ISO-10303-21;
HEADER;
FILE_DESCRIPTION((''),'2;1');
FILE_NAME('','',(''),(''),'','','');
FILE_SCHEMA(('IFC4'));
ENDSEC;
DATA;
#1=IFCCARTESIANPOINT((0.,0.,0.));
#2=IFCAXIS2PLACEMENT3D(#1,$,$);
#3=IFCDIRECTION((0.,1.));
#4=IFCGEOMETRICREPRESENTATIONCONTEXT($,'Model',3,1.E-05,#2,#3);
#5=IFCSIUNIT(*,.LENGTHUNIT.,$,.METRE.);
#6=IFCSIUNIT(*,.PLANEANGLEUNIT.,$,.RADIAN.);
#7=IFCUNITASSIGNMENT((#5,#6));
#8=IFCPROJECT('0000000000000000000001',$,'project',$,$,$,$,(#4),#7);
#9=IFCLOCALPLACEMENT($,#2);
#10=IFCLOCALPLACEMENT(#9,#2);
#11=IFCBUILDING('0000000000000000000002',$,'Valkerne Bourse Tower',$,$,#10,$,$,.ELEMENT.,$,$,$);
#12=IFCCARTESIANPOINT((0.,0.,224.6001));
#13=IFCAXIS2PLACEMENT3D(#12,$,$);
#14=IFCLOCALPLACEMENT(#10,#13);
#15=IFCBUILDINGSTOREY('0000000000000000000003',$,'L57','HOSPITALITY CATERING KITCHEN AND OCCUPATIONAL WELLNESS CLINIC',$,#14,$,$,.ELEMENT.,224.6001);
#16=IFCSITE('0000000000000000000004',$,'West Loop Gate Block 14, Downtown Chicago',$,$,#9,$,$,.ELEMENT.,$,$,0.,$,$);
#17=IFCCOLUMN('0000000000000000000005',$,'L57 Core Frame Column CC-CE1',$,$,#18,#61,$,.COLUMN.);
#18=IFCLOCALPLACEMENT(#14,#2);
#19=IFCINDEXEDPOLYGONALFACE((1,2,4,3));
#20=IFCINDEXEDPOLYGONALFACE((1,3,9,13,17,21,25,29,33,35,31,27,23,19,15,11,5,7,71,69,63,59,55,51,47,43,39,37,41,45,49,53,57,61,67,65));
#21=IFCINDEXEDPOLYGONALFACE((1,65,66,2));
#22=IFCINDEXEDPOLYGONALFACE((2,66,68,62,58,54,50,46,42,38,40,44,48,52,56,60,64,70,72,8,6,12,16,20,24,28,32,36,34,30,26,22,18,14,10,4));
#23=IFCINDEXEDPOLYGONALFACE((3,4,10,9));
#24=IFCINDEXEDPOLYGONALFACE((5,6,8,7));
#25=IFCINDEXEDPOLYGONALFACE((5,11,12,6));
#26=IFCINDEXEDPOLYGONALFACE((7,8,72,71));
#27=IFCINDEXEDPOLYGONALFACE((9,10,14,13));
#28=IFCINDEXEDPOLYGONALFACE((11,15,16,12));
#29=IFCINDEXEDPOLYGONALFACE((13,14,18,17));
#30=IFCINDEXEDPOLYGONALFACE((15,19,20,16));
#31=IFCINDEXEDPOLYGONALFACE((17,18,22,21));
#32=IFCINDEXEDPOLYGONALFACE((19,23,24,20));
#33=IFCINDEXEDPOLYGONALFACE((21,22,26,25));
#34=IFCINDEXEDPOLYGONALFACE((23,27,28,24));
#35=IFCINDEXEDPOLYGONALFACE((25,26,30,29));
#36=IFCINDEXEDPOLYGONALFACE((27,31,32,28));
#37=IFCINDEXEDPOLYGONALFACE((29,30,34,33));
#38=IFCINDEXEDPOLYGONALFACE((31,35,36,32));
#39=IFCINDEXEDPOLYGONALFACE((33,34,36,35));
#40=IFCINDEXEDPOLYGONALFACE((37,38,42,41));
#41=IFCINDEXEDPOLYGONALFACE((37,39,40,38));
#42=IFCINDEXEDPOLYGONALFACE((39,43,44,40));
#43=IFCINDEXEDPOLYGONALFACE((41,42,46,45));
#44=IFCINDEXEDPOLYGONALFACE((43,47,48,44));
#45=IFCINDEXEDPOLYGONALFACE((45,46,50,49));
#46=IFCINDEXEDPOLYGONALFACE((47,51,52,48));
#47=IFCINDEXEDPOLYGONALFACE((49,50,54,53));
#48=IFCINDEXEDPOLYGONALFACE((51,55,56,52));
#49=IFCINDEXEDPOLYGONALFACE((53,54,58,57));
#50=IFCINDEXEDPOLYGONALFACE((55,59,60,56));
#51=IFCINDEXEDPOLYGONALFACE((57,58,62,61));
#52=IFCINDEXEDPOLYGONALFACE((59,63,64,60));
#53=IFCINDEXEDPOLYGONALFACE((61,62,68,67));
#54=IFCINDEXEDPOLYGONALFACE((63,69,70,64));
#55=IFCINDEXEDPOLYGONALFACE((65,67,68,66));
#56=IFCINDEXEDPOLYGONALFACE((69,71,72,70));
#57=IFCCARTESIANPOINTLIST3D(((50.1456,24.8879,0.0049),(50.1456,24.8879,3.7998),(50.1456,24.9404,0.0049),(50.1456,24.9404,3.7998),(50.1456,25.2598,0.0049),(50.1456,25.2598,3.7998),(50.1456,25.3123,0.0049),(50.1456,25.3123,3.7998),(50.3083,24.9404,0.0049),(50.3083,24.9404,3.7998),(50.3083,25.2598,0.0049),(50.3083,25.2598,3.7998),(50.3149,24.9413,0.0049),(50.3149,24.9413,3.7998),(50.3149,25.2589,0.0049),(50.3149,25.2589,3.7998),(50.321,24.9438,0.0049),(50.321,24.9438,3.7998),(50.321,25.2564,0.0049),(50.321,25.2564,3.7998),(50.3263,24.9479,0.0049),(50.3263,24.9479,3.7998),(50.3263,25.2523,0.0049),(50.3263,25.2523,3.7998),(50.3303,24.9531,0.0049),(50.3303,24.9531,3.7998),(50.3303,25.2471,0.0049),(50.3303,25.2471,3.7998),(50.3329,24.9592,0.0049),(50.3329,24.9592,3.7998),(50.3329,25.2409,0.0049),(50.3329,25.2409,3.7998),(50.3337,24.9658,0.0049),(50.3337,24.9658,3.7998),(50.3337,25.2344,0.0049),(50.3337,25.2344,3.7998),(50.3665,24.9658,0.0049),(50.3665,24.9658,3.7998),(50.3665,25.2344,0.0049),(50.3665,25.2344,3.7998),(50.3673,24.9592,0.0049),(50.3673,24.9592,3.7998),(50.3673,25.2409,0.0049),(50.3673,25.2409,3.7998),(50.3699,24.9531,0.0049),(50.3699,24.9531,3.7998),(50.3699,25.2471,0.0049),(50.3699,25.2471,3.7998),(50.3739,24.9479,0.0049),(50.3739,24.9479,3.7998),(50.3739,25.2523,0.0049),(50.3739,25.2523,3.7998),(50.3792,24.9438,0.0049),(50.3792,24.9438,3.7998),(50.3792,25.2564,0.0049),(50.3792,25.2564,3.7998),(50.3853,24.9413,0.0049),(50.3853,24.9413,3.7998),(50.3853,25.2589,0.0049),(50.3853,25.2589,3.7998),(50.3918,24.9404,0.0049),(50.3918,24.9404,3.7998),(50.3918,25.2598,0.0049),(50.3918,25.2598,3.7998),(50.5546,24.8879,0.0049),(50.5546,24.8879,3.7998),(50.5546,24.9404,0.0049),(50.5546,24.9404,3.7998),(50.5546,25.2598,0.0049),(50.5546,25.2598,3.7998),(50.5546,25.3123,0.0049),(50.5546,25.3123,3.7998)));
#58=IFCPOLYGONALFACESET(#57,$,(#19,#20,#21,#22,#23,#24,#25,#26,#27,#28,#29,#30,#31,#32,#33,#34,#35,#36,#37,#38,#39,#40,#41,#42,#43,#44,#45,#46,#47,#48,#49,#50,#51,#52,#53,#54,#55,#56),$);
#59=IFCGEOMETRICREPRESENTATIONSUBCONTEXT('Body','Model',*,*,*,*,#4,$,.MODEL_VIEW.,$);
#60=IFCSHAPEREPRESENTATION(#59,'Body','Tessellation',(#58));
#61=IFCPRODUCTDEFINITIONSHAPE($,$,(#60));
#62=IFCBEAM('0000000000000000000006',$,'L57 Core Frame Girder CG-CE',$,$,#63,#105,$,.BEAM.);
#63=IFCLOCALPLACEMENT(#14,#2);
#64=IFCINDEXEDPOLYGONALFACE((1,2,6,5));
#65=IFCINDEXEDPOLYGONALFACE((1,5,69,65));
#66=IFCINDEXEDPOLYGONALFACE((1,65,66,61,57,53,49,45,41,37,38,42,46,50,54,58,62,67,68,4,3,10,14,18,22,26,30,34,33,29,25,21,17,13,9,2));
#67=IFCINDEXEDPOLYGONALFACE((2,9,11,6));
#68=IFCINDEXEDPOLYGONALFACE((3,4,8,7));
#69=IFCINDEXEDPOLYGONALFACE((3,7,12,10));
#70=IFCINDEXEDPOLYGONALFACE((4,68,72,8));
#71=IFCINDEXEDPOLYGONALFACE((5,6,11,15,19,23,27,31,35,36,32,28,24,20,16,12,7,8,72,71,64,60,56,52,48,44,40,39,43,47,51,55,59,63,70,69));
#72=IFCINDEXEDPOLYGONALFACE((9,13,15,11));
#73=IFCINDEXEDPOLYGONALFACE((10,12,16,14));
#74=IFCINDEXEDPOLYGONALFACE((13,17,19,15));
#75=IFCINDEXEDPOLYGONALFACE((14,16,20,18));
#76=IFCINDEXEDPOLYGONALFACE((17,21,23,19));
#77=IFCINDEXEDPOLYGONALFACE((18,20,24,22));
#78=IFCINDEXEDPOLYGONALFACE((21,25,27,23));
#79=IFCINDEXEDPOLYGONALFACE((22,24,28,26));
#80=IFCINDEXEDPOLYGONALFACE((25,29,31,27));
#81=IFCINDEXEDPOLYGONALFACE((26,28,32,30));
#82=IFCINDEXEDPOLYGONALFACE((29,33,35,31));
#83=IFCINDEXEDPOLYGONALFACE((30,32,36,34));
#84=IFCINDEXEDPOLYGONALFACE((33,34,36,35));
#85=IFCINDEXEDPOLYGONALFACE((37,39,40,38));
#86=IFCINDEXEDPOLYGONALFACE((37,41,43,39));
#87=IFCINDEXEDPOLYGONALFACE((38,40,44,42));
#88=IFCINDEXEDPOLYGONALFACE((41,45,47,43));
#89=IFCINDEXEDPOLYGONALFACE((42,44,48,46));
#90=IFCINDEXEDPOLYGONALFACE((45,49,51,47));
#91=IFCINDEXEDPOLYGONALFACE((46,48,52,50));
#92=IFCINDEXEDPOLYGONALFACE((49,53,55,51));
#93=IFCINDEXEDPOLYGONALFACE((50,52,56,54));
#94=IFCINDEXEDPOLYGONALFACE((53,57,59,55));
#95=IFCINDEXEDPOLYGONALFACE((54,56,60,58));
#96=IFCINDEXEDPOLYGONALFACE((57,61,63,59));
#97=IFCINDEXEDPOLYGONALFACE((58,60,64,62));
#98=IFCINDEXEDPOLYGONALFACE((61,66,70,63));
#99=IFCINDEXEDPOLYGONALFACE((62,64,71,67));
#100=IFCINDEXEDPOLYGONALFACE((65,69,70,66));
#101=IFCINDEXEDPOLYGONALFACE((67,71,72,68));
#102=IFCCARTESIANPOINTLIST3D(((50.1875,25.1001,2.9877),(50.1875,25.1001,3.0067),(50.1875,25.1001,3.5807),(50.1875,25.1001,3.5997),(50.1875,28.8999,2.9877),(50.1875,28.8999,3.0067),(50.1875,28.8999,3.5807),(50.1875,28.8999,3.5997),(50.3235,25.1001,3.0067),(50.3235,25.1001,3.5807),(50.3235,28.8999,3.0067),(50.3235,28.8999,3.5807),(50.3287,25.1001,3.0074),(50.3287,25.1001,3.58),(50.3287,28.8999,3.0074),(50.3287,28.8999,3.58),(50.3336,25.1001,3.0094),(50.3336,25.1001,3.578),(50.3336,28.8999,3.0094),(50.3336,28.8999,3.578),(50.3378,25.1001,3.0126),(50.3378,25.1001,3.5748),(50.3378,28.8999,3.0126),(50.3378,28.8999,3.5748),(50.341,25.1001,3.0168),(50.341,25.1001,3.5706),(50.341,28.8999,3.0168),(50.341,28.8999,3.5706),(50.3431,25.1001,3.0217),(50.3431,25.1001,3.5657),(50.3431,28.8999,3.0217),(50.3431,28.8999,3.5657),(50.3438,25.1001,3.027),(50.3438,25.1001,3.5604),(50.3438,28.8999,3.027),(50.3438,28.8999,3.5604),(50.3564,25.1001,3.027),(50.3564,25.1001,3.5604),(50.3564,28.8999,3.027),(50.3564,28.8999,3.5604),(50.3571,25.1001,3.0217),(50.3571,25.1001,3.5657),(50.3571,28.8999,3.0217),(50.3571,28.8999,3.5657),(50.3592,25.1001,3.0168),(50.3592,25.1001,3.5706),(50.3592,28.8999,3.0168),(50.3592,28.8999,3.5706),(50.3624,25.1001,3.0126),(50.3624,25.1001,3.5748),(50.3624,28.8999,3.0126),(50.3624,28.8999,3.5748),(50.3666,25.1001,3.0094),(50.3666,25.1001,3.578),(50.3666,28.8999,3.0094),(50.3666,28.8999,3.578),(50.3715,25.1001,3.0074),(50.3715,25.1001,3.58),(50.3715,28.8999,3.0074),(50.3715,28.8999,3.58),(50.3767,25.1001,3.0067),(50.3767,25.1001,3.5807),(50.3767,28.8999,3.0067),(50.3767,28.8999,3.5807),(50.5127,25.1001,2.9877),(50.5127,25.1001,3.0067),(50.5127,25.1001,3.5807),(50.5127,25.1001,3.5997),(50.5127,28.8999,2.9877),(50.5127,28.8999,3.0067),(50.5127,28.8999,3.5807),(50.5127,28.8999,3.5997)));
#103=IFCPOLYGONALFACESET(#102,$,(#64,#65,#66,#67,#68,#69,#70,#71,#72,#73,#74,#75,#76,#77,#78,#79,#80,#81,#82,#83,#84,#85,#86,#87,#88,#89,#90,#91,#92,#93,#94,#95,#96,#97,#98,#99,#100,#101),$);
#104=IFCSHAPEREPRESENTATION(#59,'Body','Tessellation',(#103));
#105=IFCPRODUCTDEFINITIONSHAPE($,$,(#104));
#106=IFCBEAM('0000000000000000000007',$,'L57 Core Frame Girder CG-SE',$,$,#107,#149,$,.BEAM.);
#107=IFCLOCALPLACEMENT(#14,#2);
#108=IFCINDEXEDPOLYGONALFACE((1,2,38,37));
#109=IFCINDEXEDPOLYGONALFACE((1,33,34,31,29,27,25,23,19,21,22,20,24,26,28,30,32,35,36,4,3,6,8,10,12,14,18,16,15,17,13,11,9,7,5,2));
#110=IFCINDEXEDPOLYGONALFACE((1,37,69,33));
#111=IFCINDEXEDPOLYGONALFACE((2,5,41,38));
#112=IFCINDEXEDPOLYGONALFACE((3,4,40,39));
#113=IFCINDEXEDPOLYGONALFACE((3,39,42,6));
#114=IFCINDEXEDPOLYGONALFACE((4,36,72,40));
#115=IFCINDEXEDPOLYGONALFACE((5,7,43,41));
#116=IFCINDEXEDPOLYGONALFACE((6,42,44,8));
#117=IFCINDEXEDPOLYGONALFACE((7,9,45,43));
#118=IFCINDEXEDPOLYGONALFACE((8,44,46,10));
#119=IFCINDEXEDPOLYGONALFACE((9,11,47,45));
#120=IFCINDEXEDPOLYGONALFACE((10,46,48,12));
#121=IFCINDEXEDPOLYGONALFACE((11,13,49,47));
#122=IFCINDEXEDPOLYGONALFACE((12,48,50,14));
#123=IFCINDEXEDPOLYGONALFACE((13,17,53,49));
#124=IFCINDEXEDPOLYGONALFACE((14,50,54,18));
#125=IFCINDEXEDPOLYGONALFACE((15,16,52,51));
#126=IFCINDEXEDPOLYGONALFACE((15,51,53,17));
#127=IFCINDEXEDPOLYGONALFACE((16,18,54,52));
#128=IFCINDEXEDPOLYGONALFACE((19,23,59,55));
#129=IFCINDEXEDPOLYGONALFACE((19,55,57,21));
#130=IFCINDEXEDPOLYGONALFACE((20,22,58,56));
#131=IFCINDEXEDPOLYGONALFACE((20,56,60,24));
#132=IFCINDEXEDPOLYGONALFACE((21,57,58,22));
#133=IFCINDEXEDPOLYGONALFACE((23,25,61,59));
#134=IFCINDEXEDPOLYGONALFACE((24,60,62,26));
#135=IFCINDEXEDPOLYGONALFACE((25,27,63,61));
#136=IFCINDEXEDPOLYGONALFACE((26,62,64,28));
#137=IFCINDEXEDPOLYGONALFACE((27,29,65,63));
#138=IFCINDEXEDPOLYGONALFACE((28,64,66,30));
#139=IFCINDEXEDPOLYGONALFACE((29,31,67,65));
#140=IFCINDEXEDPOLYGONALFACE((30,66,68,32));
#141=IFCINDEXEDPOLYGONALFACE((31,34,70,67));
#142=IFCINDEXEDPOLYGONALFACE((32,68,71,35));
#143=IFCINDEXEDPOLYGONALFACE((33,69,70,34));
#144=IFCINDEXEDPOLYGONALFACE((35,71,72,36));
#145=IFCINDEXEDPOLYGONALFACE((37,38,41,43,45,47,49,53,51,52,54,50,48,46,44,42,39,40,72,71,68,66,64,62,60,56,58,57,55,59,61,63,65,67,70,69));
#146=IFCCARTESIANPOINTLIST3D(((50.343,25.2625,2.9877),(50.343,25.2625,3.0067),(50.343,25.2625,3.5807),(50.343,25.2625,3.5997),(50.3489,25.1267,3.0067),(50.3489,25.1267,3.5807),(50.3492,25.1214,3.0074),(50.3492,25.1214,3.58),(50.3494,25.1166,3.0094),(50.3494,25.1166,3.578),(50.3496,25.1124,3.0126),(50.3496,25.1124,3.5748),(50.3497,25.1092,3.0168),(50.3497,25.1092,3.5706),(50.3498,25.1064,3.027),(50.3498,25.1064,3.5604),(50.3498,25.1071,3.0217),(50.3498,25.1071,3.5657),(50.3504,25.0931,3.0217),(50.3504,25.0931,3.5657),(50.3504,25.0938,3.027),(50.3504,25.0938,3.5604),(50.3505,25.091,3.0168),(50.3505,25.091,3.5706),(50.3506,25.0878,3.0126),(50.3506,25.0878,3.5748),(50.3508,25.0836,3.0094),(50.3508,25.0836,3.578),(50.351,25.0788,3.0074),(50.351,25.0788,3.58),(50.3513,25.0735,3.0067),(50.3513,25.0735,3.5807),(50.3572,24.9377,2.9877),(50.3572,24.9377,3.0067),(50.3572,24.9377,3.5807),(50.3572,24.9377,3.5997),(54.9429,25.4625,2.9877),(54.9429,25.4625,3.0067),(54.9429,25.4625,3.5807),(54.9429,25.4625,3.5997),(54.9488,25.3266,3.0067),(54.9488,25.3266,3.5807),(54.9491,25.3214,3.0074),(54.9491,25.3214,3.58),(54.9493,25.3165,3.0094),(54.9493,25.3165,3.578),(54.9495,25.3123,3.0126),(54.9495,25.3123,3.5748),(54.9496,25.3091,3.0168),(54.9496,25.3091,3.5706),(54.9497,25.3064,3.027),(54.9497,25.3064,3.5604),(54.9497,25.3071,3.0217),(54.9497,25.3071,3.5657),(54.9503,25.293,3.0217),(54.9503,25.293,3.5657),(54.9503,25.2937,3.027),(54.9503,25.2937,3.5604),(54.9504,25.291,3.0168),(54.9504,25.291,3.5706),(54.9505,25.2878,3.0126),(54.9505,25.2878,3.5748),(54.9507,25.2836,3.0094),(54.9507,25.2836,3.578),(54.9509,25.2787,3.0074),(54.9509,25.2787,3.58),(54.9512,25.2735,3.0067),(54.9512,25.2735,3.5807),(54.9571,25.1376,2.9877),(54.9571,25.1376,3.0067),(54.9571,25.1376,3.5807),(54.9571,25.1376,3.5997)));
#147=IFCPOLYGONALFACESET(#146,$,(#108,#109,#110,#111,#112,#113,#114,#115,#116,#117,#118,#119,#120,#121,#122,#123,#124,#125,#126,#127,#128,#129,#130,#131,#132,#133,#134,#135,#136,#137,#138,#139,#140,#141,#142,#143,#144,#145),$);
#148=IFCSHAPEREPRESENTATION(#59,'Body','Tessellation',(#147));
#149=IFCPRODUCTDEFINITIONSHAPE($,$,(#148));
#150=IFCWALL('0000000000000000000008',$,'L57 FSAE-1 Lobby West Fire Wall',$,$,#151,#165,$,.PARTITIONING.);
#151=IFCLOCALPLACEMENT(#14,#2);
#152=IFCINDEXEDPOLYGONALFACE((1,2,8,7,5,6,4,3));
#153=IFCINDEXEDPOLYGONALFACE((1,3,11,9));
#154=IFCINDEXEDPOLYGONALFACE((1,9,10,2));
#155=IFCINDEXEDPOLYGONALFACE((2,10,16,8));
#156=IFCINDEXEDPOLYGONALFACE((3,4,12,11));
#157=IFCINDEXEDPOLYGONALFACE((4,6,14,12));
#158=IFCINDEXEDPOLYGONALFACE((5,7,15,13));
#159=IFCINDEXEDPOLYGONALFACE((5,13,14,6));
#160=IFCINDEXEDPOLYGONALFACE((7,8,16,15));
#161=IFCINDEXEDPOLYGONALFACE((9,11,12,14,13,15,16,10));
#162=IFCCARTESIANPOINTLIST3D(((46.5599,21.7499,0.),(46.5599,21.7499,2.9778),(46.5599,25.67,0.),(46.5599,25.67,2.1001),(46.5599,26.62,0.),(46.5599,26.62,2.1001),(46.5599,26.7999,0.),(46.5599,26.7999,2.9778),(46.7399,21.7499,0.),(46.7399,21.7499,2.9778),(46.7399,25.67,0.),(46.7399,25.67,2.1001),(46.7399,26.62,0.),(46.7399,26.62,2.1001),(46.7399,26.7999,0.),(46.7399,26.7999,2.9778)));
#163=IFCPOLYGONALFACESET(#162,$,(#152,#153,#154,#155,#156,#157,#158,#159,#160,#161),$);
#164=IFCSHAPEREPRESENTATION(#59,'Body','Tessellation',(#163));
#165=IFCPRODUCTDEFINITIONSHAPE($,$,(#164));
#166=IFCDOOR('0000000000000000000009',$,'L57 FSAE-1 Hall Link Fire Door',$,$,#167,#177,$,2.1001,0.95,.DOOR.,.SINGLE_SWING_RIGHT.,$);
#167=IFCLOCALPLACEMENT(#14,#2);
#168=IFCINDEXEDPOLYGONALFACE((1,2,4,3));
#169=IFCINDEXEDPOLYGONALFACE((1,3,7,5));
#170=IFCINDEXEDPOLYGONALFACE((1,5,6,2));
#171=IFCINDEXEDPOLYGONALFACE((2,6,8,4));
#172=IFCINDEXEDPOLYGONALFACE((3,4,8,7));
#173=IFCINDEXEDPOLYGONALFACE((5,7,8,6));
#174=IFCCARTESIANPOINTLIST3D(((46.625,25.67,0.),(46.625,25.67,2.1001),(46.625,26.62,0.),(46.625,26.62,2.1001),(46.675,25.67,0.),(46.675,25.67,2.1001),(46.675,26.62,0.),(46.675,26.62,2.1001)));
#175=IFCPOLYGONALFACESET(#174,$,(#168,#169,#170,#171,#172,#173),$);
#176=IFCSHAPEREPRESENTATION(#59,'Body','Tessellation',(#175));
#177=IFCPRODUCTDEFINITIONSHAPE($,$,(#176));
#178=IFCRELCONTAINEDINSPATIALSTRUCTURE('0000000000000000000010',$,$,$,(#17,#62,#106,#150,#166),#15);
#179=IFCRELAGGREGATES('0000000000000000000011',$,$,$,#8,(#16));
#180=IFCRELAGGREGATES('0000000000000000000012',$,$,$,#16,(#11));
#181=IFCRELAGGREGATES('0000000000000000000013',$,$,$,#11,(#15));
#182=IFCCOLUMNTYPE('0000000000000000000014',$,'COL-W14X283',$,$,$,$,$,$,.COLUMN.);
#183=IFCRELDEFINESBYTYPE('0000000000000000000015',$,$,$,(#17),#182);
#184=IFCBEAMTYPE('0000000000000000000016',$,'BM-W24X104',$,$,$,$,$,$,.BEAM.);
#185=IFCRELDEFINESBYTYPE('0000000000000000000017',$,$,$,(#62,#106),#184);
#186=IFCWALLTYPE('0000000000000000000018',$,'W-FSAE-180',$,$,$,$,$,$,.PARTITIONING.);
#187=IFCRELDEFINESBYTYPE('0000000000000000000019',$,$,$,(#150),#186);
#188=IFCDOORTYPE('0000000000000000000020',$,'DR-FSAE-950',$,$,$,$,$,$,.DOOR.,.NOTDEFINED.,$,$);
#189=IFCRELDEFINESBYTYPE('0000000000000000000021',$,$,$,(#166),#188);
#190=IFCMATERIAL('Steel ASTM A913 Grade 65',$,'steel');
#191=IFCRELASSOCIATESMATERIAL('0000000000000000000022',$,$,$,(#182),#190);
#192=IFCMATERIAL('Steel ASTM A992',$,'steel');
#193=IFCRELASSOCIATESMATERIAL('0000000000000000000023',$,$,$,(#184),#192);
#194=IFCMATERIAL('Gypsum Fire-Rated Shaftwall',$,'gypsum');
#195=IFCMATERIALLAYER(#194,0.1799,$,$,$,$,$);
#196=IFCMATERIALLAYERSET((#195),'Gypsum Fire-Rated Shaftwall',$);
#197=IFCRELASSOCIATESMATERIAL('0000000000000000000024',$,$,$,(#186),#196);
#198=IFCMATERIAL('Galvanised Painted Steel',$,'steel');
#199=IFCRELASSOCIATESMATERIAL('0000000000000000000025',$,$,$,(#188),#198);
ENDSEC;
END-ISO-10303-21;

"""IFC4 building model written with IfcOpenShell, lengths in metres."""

from ifc_helpers import new_model, si_unit, direction, frame, frame_2d, origin, origin_2d, place, context, subcontext, project, spatial, rectangle, i_section, extrude, material, layer, layer_set, material_profile, profile_set, type_object, element, fill, save


model = new_model("IFC4")

# Units and contexts
model_context = context("Model", 3, precision=1e-05, world=origin(), true_north=direction((0.0, 1.0)))
body_context = subcontext(model_context, "Body", "Model", "MODEL_VIEW")
ifc_project = project(units=[si_unit("LENGTHUNIT", "METRE"), si_unit("PLANEANGLEUNIT", "RADIAN")], contexts=[model_context])

# Site, building, storey
site_placement = place(None, origin())
site = spatial("IfcSite", under=ifc_project, at=site_placement, Name="West Loop Gate Block 14, Downtown Chicago", CompositionType="ELEMENT", RefElevation=0.0)
building_placement = place(site_placement, origin())
building = spatial("IfcBuilding", under=site, at=building_placement, Name="Valkerne Bourse Tower", CompositionType="ELEMENT")
storey_placement = place(building_placement, frame((0.0, 0.0, 224.6001)))
storey = spatial("IfcBuildingStorey", under=building, at=storey_placement, Name="L57", Description="HOSPITALITY CATERING KITCHEN AND OCCUPATIONAL WELLNESS CLINIC", CompositionType="ELEMENT", Elevation=224.6001)

# Column
ifc_material_1 = material(Name="Steel ASTM A913 Grade 65", Category="steel")
ifc_material_profile_1 = material_profile(ifc_material_1, i_section(OverallWidth=0.4089, OverallDepth=0.4243, WebThickness=0.0327, FlangeThickness=0.0525, FilletRadius=0.0254, at=origin_2d()), Name="W14X283")
ifc_profile_set_1 = profile_set([ifc_material_profile_1], Name="Steel ASTM A913 Grade 65")
column_type = type_object("IfcColumnType", Name="COL-W14X283", PredefinedType="COLUMN", material=ifc_profile_set_1)
column_placement = place(storey_placement, frame((50.3501, 25.1001, 0.0049), z_axis=(0.0, 0.0, 1.0), x_axis=(1.0, 0.0, 0.0)))
element("IfcColumn", 1, at=column_placement, inside=storey, type_object=column_type, Name="L57 Core Frame Column CC-CE1", PredefinedType="COLUMN", context=body_context, shape_type="SweptSolid", body=[
    extrude(i_section(OverallWidth=0.4089, OverallDepth=0.4243, WebThickness=0.0327, FlangeThickness=0.0525, FilletRadius=0.0254, at=origin_2d()), origin(), (0.0, 0.0, 1.0), 3.7949),
])

# Beams
ifc_material_2 = material(Name="Steel ASTM A992", Category="steel")
ifc_material_profile_2 = material_profile(ifc_material_2, i_section(OverallWidth=0.3252, OverallDepth=0.6121, WebThickness=0.0127, FlangeThickness=0.019, FilletRadius=0.0203, at=origin_2d()), Name="W24X104")
ifc_profile_set_2 = profile_set([ifc_material_profile_2], Name="Steel ASTM A992")
beam_type = type_object("IfcBeamType", Name="BM-W24X104", PredefinedType="BEAM", material=ifc_profile_set_2)
beam_1_placement = place(storey_placement, frame((50.3501, 25.1001, 3.2937), z_axis=(0.0, 1.0, 0.0), x_axis=(-1.0, 0.0, 0.0)))
element("IfcBeam", 2, at=beam_1_placement, inside=storey, type_object=beam_type, Name="L57 Core Frame Girder CG-CE", PredefinedType="BEAM", context=body_context, shape_type="SweptSolid", body=[
    extrude(i_section(OverallWidth=0.3252, OverallDepth=0.6121, WebThickness=0.0127, FlangeThickness=0.019, FilletRadius=0.0203, at=origin_2d()), origin(), (0.0, 0.0, 1.0), 3.7998),
])
beam_2_placement = place(storey_placement, frame((50.3501, 25.1001, 3.2937), z_axis=(0.999057, 0.043428, 0.0), x_axis=(-0.043428, 0.999057, 0.0)))
element("IfcBeam", 3, at=beam_2_placement, inside=storey, type_object=beam_type, Name="L57 Core Frame Girder CG-SE", PredefinedType="BEAM", context=body_context, shape_type="SweptSolid", body=[
    extrude(i_section(OverallWidth=0.3252, OverallDepth=0.6121, WebThickness=0.0127, FlangeThickness=0.019, FilletRadius=0.0203, at=origin_2d()), origin(), (0.0, 0.0, 1.0), 4.6042),
])

# Wall, opening, door
ifc_material_3 = material(Name="Gypsum Fire-Rated Shaftwall", Category="gypsum")
ifc_layer_1 = layer(ifc_material_3, 0.1799)
ifc_layer_set_1 = layer_set([ifc_layer_1], Name="Gypsum Fire-Rated Shaftwall")
wall_type_1 = type_object("IfcWallType", Name="W-FSAE-180", PredefinedType="PARTITIONING", material=ifc_layer_set_1)
wall_1_placement = place(storey_placement, frame((46.6499, 21.75, 0.0), z_axis=(0.0, 0.0, 1.0), x_axis=(0.0, 1.0, 0.0)))
wall_1 = element("IfcWall", 4, at=wall_1_placement, inside=storey, type_object=wall_type_1, Name="L57 FSAE-1 Lobby West Fire Wall", PredefinedType="PARTITIONING", context=body_context, shape_type="SweptSolid", body=[
    extrude(rectangle(XDim=5.05, YDim=0.1799, at=frame_2d((2.5249, 0.0))), origin(), (0.0, 0.0, 1.0), 2.9778),
])
opening_1_placement = place(wall_1_placement, frame((3.9199, 0.0, 0.0)))
opening_1 = element("IfcOpeningElement", 5, at=opening_1_placement, cuts=wall_1, PredefinedType="OPENING", context=body_context, shape_type="SweptSolid", body=[
    extrude(rectangle(XDim=0.95, YDim=2.1001, at=frame_2d((0.4751, 1.05))), frame((0.0, 0.0999, 0.0), z_axis=(0.0, -1.0, 0.0), x_axis=(1.0, 0.0, 0.0)), (0.0, 0.0, 1.0), 0.2),
])
ifc_material_4 = material(Name="Galvanised Painted Steel", Category="steel")
door_type_1 = type_object("IfcDoorType", Name="DR-FSAE-950", OperationType="NOTDEFINED", PredefinedType="DOOR", material=ifc_material_4)
door_1_placement = place(opening_1_placement, origin())
door_1 = element("IfcDoor", 6, at=door_1_placement, inside=storey, type_object=door_type_1, Name="L57 FSAE-1 Hall Link Fire Door", OperationType="SINGLE_SWING_RIGHT", OverallHeight=2.1001, OverallWidth=0.95, PredefinedType="DOOR", context=body_context, shape_type="SweptSolid", body=[
    extrude(rectangle(XDim=0.95, YDim=2.1001, at=frame_2d((0.4751, 1.05))), frame((0.0, 0.0249, 0.0), z_axis=(0.0, -1.0, 0.0), x_axis=(1.0, 0.0, 0.0)), (0.0, 0.0, 1.0), 0.05),
])
fill(opening_1, door_1)

save(model, "model.ifc")
